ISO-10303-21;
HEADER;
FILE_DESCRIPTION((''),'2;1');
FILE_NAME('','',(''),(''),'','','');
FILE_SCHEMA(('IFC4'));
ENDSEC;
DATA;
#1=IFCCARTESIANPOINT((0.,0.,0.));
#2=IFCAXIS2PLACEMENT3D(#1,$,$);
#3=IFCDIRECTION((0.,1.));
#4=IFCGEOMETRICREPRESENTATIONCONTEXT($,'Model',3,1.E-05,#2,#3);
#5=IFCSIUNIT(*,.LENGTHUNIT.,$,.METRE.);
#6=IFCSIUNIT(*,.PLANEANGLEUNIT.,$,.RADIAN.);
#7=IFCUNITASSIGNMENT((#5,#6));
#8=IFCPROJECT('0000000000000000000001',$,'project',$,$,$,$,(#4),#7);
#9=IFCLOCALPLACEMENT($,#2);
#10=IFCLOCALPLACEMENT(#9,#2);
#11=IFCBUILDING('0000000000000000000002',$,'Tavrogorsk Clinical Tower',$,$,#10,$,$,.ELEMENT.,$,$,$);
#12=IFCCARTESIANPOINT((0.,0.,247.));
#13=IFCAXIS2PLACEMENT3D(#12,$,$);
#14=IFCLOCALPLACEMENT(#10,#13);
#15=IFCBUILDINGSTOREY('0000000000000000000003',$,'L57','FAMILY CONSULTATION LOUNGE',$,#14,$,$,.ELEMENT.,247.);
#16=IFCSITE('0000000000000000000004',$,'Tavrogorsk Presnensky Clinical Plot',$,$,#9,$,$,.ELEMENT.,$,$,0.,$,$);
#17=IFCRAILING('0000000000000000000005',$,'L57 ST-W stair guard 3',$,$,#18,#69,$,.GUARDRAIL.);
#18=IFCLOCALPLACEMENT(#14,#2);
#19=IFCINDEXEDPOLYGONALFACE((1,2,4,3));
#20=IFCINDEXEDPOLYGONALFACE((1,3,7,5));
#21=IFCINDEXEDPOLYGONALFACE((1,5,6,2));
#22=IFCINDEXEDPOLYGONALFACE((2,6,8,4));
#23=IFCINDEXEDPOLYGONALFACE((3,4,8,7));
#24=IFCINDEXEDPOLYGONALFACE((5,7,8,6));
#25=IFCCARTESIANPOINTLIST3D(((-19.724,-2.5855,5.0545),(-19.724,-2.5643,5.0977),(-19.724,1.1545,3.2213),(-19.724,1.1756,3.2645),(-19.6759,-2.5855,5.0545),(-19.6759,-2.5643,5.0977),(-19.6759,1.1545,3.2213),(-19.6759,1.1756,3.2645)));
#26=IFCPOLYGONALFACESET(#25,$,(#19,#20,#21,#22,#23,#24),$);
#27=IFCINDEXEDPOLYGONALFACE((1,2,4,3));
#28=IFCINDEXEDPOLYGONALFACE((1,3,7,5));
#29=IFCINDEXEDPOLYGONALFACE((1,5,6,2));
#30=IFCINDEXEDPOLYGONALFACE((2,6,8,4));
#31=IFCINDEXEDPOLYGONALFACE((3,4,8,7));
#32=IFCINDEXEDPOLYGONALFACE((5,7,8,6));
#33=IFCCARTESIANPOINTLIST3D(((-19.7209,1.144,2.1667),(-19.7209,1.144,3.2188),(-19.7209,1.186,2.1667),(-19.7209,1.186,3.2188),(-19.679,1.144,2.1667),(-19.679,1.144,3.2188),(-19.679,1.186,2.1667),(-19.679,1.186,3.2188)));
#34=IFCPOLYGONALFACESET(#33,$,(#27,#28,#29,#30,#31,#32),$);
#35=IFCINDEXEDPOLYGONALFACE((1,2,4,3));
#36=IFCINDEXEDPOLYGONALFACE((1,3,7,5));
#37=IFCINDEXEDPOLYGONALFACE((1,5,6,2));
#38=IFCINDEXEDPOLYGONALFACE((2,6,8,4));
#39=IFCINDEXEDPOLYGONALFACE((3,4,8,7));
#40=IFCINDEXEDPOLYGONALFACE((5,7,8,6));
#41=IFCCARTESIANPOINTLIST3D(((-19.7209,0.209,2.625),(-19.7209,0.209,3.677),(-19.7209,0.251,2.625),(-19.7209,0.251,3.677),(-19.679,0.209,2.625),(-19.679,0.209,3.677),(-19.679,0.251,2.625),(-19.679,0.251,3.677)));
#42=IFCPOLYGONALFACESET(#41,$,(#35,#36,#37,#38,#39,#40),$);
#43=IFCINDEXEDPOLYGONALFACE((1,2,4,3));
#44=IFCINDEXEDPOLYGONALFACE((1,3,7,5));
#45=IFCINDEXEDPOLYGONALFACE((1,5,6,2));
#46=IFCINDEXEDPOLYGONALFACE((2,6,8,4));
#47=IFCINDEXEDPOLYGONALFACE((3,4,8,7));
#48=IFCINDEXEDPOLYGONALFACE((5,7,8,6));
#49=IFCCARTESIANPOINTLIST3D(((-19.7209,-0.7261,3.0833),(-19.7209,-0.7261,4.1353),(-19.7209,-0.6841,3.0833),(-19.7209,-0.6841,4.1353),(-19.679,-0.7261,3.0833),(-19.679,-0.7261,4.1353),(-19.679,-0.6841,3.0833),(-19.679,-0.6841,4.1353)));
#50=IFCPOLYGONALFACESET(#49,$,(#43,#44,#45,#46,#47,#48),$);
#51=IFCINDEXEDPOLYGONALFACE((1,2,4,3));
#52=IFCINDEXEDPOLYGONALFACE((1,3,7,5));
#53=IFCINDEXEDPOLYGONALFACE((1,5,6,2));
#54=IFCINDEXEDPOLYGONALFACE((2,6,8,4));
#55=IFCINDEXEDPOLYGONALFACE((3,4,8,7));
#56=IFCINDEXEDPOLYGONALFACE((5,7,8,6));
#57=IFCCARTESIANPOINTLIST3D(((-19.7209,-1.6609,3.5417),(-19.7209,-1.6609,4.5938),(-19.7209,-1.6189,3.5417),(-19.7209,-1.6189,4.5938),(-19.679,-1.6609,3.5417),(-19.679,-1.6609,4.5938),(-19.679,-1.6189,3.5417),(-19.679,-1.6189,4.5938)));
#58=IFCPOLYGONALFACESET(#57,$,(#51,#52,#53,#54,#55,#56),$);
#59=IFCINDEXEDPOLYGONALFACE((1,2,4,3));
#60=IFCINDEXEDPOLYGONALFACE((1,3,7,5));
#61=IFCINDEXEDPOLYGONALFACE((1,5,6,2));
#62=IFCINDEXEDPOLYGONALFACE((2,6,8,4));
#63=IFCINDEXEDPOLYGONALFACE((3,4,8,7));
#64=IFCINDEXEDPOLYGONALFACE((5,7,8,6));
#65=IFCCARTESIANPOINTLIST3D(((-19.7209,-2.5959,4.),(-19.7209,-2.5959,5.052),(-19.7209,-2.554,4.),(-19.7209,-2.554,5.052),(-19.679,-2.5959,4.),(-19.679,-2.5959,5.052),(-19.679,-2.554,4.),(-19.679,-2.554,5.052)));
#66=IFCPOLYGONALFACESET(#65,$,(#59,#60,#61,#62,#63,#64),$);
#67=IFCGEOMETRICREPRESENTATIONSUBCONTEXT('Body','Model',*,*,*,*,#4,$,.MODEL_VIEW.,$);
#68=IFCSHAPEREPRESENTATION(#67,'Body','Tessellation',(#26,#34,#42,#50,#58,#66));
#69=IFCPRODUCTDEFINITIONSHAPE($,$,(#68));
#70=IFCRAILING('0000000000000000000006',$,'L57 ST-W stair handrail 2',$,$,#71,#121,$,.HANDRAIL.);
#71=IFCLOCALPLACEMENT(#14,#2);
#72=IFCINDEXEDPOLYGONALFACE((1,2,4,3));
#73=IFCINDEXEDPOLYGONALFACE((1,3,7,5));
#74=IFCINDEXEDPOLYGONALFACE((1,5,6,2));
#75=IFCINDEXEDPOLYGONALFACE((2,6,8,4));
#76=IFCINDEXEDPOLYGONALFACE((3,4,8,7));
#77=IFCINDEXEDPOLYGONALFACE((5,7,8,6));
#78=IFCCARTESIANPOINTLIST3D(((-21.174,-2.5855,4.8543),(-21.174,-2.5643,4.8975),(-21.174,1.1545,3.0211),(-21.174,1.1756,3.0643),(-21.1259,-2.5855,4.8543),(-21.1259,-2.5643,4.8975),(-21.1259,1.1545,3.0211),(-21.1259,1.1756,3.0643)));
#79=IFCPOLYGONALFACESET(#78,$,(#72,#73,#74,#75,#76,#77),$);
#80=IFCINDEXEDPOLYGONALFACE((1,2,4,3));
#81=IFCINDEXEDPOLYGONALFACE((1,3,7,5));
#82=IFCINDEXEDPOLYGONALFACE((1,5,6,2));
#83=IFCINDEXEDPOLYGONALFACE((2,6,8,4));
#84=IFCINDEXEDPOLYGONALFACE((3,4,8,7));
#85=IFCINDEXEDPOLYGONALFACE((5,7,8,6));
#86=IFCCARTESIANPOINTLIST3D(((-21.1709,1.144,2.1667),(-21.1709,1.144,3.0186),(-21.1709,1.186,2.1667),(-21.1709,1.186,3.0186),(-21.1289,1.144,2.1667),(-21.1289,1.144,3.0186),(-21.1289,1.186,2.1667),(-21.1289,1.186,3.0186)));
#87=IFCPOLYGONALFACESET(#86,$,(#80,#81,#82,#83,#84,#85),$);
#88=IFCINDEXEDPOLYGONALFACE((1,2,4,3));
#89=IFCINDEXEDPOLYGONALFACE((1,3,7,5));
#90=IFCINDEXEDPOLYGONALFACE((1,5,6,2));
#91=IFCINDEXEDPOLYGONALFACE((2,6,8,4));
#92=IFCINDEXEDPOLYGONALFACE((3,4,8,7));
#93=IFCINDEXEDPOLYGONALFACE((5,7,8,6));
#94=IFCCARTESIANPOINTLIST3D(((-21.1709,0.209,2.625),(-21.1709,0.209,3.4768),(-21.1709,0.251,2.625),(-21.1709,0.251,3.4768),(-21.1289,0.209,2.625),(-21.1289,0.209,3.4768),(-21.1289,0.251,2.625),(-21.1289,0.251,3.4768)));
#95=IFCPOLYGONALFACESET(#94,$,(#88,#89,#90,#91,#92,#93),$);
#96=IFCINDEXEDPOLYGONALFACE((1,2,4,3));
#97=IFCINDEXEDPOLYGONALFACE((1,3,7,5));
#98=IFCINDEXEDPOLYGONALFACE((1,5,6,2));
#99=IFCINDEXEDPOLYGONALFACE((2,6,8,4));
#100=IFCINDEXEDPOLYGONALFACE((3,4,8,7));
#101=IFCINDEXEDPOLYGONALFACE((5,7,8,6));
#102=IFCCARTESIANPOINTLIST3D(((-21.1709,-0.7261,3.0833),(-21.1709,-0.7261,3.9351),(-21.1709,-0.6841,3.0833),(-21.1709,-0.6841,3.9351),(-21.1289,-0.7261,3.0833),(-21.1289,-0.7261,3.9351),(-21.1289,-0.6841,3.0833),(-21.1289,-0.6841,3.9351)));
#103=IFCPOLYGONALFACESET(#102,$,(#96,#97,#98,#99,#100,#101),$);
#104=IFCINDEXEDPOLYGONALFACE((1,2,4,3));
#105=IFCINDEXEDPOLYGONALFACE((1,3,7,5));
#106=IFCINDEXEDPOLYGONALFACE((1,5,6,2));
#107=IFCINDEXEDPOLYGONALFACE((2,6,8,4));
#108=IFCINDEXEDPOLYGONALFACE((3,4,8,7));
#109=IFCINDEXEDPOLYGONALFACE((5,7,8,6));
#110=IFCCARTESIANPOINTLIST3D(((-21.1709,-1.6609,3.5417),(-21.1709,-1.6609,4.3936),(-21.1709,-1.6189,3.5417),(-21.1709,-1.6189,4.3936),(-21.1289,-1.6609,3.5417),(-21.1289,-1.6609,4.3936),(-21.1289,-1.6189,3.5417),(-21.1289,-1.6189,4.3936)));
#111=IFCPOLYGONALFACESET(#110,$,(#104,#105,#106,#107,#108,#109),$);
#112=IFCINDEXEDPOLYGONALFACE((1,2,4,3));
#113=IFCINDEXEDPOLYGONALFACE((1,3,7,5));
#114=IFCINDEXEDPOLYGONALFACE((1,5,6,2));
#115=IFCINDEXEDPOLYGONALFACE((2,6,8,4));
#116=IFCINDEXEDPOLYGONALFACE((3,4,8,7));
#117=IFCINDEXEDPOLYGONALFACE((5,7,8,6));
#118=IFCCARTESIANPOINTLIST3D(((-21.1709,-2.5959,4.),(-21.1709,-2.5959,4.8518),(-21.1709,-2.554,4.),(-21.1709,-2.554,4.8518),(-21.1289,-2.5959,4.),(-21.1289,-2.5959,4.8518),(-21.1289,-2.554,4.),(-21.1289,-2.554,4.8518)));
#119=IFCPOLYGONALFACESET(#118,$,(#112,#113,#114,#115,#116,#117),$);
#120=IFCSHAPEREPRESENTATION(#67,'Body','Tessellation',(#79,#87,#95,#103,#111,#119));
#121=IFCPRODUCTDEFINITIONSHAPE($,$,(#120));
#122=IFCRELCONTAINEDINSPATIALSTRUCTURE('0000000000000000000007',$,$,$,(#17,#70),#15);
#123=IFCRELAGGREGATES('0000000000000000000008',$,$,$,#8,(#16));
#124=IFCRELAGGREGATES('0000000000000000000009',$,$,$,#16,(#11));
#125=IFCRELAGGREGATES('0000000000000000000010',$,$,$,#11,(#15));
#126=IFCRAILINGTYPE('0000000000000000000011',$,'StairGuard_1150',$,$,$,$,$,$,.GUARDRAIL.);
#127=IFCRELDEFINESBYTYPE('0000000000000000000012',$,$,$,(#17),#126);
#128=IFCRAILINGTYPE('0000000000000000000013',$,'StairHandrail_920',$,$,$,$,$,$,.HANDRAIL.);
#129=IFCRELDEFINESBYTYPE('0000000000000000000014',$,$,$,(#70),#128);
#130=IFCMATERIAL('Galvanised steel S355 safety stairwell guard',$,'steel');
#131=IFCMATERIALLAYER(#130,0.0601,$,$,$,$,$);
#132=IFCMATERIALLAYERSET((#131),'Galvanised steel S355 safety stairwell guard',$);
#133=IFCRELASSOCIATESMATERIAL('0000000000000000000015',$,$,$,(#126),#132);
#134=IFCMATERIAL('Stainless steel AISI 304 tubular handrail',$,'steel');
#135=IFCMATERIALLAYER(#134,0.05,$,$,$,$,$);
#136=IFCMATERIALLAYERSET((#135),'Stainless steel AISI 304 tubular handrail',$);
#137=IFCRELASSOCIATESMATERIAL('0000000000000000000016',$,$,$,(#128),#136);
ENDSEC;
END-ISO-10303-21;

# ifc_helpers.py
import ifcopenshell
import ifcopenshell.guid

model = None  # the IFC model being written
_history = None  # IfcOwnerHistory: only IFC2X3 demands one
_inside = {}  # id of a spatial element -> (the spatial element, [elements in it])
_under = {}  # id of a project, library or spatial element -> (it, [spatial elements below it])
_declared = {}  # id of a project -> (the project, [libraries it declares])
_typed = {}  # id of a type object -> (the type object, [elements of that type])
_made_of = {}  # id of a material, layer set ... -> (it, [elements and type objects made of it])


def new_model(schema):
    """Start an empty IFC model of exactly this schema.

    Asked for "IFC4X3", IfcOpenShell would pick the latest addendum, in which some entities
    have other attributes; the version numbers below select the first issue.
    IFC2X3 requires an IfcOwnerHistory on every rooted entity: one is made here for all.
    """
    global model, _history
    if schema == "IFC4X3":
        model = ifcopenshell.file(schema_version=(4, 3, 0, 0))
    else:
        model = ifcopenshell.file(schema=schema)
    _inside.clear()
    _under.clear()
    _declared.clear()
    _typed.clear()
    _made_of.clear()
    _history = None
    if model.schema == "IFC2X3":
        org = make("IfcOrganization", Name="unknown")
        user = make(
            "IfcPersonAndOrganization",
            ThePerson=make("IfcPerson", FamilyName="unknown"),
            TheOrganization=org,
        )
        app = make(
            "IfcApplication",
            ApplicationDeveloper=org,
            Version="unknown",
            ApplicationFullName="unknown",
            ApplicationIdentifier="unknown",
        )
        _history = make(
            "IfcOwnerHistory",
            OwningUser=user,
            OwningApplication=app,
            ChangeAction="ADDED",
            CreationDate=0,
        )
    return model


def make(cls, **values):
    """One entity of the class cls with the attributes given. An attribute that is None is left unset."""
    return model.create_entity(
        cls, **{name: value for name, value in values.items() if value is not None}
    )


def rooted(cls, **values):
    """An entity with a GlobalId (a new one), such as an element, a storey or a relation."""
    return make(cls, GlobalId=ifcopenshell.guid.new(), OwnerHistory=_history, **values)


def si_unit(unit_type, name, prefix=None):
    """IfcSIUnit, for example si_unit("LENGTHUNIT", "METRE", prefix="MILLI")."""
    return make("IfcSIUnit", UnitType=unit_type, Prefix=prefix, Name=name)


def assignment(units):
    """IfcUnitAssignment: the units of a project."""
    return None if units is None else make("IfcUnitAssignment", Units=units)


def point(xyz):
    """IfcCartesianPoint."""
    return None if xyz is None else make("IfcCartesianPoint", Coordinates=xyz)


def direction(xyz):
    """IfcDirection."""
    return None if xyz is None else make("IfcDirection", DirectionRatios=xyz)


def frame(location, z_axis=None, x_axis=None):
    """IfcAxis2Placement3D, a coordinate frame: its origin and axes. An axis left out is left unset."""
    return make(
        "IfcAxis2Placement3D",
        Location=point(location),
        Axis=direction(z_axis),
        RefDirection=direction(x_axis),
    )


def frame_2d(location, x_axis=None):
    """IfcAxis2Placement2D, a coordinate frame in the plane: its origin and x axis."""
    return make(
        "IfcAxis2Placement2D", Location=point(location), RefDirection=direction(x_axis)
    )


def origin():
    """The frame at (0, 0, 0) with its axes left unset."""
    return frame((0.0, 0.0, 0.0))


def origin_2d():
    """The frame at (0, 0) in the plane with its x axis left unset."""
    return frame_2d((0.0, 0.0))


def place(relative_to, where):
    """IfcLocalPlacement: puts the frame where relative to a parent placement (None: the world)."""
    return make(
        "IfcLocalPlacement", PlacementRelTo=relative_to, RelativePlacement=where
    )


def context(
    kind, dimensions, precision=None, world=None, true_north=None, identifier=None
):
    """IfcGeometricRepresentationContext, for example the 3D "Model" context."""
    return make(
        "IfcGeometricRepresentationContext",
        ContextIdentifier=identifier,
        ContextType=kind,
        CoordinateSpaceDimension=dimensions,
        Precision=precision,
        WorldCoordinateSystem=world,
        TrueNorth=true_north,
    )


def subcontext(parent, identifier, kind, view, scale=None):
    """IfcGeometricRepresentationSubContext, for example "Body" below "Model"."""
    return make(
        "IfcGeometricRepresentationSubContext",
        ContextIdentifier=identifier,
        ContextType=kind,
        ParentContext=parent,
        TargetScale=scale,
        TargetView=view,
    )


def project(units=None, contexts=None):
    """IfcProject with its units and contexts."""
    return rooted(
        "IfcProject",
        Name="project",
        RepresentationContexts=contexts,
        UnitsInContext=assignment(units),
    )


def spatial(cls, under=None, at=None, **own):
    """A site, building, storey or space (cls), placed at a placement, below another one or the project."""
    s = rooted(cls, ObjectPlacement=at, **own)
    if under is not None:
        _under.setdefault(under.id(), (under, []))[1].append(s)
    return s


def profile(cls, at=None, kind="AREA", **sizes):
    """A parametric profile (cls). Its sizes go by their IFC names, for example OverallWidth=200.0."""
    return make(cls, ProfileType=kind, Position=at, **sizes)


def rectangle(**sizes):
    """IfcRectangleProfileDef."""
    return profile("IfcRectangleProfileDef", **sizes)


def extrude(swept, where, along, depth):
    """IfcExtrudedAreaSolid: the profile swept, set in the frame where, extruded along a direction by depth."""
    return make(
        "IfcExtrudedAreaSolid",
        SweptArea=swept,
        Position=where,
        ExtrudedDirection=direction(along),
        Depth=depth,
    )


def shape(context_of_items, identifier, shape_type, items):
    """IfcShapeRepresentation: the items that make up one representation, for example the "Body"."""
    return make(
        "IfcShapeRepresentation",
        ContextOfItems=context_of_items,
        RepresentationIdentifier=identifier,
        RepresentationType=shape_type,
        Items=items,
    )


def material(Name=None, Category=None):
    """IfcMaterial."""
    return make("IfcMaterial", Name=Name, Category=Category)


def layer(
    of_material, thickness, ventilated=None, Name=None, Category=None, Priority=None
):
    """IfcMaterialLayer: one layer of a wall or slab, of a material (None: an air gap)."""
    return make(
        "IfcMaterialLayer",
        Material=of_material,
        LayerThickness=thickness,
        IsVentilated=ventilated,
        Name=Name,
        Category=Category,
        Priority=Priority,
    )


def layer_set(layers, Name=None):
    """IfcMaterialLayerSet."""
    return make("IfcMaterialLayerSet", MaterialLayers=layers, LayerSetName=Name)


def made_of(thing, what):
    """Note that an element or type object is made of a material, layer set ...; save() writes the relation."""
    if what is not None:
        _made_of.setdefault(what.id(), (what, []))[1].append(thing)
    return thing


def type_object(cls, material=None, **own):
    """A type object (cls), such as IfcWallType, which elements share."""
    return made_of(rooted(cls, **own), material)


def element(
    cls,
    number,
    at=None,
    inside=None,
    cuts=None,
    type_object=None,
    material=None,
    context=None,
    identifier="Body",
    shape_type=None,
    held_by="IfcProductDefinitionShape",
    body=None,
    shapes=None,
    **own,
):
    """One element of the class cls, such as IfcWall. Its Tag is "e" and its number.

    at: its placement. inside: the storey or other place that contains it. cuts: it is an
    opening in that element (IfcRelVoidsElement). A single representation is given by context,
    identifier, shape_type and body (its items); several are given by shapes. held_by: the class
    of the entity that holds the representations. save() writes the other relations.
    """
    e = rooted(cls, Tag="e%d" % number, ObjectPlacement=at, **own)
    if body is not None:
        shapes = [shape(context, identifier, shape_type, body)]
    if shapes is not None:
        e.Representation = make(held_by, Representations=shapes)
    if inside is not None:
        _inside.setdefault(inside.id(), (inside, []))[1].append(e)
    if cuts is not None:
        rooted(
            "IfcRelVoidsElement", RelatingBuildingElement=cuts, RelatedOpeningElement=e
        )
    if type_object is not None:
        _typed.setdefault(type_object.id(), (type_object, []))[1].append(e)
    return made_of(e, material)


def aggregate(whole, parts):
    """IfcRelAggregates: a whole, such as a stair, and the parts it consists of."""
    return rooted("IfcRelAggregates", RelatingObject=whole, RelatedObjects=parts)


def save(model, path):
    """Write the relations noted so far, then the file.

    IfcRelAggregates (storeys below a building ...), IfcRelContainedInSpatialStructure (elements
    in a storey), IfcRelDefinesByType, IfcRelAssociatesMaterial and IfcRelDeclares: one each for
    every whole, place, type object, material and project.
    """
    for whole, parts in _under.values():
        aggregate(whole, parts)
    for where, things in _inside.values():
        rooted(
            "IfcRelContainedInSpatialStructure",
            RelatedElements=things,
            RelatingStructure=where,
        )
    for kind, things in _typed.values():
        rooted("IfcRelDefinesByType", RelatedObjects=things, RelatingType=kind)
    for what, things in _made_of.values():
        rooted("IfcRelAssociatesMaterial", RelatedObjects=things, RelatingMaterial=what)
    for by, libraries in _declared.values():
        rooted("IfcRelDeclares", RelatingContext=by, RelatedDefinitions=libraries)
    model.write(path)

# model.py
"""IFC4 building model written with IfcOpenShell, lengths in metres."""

from ifc_helpers import new_model, si_unit, direction, frame, origin, origin_2d, place, context, subcontext, project, spatial, rectangle, extrude, material, layer, layer_set, type_object, element, save


model = new_model("IFC4")

# Units and contexts
model_context = context("Model", 3, precision=1e-05, world=origin(), true_north=direction((0.0, 1.0)))
body_context = subcontext(model_context, "Body", "Model", "MODEL_VIEW")
ifc_project = project(units=[si_unit("LENGTHUNIT", "METRE"), si_unit("PLANEANGLEUNIT", "RADIAN")], contexts=[model_context])

# Site, building, storey
site_placement = place(None, origin())
site = spatial("IfcSite", under=ifc_project, at=site_placement, Name="Tavrogorsk Presnensky Clinical Plot", CompositionType="ELEMENT", RefElevation=0.0)
building_placement = place(site_placement, origin())
building = spatial("IfcBuilding", under=site, at=building_placement, Name="Tavrogorsk Clinical Tower", CompositionType="ELEMENT")
storey_placement = place(building_placement, frame((0.0, 0.0, 247.0)))
storey = spatial("IfcBuildingStorey", under=building, at=storey_placement, Name="L57", Description="FAMILY CONSULTATION LOUNGE", CompositionType="ELEMENT", Elevation=247.0)

# Railings
ifc_material_1 = material(Name="Galvanised steel S355 safety stairwell guard", Category="steel")
ifc_layer_1 = layer(ifc_material_1, 0.0601)
ifc_layer_set_1 = layer_set([ifc_layer_1], Name="Galvanised steel S355 safety stairwell guard")
railing_type_1 = type_object("IfcRailingType", Name="StairGuard_1150", PredefinedType="GUARDRAIL", material=ifc_layer_set_1)
railing_1_placement = place(storey_placement, frame((-19.7, 1.165, 2.1667)))
element("IfcRailing", 1, at=railing_1_placement, inside=storey, type_object=railing_type_1, Name="L57 ST-W stair guard 3", PredefinedType="GUARDRAIL", context=body_context, shape_type="SweptSolid", body=[
    extrude(rectangle(XDim=0.0481, YDim=0.0481, at=origin_2d()), frame((0.0, 0.0, 1.0762), z_axis=(0.0, -0.897928, 0.440142), x_axis=(1.0, 0.0, 0.0)), (0.0, 0.0, 1.0), 4.165),
    extrude(rectangle(XDim=0.042, YDim=0.042, at=origin_2d()), origin(), (0.0, 0.0, 1.0), 1.052),
    extrude(rectangle(XDim=0.042, YDim=0.042, at=origin_2d()), frame((0.0, -0.9351, 0.4583)), (0.0, 0.0, 1.0), 1.052),
    extrude(rectangle(XDim=0.042, YDim=0.042, at=origin_2d()), frame((0.0, -1.8701, 0.9165)), (0.0, 0.0, 1.0), 1.052),
    extrude(rectangle(XDim=0.042, YDim=0.042, at=origin_2d()), frame((0.0, -2.8049, 1.375)), (0.0, 0.0, 1.0), 1.052),
    extrude(rectangle(XDim=0.042, YDim=0.042, at=origin_2d()), frame((0.0, -3.74, 1.8333)), (0.0, 0.0, 1.0), 1.052),
])
ifc_material_2 = material(Name="Stainless steel AISI 304 tubular handrail", Category="steel")
ifc_layer_2 = layer(ifc_material_2, 0.05)
ifc_layer_set_2 = layer_set([ifc_layer_2], Name="Stainless steel AISI 304 tubular handrail")
railing_type_2 = type_object("IfcRailingType", Name="StairHandrail_920", PredefinedType="HANDRAIL", material=ifc_layer_set_2)
railing_2_placement = place(storey_placement, frame((-21.1499, 1.165, 2.1667)))
element("IfcRailing", 2, at=railing_2_placement, inside=storey, type_object=railing_type_2, Name="L57 ST-W stair handrail 2", PredefinedType="HANDRAIL", context=body_context, shape_type="SweptSolid", body=[
    extrude(rectangle(XDim=0.0481, YDim=0.0481, at=origin_2d()), frame((0.0, 0.0, 0.876), z_axis=(0.0, -0.897928, 0.440142), x_axis=(1.0, 0.0, 0.0)), (0.0, 0.0, 1.0), 4.165),
    extrude(rectangle(XDim=0.042, YDim=0.042, at=origin_2d()), origin(), (0.0, 0.0, 1.0), 0.8518),
    extrude(rectangle(XDim=0.042, YDim=0.042, at=origin_2d()), frame((0.0, -0.9351, 0.4583)), (0.0, 0.0, 1.0), 0.8518),
    extrude(rectangle(XDim=0.042, YDim=0.042, at=origin_2d()), frame((0.0, -1.8701, 0.9165)), (0.0, 0.0, 1.0), 0.8518),
    extrude(rectangle(XDim=0.042, YDim=0.042, at=origin_2d()), frame((0.0, -2.8049, 1.375)), (0.0, 0.0, 1.0), 0.8518),
    extrude(rectangle(XDim=0.042, YDim=0.042, at=origin_2d()), frame((0.0, -3.74, 1.8333)), (0.0, 0.0, 1.0), 0.8518),
])

save(model, "model.ifc")
